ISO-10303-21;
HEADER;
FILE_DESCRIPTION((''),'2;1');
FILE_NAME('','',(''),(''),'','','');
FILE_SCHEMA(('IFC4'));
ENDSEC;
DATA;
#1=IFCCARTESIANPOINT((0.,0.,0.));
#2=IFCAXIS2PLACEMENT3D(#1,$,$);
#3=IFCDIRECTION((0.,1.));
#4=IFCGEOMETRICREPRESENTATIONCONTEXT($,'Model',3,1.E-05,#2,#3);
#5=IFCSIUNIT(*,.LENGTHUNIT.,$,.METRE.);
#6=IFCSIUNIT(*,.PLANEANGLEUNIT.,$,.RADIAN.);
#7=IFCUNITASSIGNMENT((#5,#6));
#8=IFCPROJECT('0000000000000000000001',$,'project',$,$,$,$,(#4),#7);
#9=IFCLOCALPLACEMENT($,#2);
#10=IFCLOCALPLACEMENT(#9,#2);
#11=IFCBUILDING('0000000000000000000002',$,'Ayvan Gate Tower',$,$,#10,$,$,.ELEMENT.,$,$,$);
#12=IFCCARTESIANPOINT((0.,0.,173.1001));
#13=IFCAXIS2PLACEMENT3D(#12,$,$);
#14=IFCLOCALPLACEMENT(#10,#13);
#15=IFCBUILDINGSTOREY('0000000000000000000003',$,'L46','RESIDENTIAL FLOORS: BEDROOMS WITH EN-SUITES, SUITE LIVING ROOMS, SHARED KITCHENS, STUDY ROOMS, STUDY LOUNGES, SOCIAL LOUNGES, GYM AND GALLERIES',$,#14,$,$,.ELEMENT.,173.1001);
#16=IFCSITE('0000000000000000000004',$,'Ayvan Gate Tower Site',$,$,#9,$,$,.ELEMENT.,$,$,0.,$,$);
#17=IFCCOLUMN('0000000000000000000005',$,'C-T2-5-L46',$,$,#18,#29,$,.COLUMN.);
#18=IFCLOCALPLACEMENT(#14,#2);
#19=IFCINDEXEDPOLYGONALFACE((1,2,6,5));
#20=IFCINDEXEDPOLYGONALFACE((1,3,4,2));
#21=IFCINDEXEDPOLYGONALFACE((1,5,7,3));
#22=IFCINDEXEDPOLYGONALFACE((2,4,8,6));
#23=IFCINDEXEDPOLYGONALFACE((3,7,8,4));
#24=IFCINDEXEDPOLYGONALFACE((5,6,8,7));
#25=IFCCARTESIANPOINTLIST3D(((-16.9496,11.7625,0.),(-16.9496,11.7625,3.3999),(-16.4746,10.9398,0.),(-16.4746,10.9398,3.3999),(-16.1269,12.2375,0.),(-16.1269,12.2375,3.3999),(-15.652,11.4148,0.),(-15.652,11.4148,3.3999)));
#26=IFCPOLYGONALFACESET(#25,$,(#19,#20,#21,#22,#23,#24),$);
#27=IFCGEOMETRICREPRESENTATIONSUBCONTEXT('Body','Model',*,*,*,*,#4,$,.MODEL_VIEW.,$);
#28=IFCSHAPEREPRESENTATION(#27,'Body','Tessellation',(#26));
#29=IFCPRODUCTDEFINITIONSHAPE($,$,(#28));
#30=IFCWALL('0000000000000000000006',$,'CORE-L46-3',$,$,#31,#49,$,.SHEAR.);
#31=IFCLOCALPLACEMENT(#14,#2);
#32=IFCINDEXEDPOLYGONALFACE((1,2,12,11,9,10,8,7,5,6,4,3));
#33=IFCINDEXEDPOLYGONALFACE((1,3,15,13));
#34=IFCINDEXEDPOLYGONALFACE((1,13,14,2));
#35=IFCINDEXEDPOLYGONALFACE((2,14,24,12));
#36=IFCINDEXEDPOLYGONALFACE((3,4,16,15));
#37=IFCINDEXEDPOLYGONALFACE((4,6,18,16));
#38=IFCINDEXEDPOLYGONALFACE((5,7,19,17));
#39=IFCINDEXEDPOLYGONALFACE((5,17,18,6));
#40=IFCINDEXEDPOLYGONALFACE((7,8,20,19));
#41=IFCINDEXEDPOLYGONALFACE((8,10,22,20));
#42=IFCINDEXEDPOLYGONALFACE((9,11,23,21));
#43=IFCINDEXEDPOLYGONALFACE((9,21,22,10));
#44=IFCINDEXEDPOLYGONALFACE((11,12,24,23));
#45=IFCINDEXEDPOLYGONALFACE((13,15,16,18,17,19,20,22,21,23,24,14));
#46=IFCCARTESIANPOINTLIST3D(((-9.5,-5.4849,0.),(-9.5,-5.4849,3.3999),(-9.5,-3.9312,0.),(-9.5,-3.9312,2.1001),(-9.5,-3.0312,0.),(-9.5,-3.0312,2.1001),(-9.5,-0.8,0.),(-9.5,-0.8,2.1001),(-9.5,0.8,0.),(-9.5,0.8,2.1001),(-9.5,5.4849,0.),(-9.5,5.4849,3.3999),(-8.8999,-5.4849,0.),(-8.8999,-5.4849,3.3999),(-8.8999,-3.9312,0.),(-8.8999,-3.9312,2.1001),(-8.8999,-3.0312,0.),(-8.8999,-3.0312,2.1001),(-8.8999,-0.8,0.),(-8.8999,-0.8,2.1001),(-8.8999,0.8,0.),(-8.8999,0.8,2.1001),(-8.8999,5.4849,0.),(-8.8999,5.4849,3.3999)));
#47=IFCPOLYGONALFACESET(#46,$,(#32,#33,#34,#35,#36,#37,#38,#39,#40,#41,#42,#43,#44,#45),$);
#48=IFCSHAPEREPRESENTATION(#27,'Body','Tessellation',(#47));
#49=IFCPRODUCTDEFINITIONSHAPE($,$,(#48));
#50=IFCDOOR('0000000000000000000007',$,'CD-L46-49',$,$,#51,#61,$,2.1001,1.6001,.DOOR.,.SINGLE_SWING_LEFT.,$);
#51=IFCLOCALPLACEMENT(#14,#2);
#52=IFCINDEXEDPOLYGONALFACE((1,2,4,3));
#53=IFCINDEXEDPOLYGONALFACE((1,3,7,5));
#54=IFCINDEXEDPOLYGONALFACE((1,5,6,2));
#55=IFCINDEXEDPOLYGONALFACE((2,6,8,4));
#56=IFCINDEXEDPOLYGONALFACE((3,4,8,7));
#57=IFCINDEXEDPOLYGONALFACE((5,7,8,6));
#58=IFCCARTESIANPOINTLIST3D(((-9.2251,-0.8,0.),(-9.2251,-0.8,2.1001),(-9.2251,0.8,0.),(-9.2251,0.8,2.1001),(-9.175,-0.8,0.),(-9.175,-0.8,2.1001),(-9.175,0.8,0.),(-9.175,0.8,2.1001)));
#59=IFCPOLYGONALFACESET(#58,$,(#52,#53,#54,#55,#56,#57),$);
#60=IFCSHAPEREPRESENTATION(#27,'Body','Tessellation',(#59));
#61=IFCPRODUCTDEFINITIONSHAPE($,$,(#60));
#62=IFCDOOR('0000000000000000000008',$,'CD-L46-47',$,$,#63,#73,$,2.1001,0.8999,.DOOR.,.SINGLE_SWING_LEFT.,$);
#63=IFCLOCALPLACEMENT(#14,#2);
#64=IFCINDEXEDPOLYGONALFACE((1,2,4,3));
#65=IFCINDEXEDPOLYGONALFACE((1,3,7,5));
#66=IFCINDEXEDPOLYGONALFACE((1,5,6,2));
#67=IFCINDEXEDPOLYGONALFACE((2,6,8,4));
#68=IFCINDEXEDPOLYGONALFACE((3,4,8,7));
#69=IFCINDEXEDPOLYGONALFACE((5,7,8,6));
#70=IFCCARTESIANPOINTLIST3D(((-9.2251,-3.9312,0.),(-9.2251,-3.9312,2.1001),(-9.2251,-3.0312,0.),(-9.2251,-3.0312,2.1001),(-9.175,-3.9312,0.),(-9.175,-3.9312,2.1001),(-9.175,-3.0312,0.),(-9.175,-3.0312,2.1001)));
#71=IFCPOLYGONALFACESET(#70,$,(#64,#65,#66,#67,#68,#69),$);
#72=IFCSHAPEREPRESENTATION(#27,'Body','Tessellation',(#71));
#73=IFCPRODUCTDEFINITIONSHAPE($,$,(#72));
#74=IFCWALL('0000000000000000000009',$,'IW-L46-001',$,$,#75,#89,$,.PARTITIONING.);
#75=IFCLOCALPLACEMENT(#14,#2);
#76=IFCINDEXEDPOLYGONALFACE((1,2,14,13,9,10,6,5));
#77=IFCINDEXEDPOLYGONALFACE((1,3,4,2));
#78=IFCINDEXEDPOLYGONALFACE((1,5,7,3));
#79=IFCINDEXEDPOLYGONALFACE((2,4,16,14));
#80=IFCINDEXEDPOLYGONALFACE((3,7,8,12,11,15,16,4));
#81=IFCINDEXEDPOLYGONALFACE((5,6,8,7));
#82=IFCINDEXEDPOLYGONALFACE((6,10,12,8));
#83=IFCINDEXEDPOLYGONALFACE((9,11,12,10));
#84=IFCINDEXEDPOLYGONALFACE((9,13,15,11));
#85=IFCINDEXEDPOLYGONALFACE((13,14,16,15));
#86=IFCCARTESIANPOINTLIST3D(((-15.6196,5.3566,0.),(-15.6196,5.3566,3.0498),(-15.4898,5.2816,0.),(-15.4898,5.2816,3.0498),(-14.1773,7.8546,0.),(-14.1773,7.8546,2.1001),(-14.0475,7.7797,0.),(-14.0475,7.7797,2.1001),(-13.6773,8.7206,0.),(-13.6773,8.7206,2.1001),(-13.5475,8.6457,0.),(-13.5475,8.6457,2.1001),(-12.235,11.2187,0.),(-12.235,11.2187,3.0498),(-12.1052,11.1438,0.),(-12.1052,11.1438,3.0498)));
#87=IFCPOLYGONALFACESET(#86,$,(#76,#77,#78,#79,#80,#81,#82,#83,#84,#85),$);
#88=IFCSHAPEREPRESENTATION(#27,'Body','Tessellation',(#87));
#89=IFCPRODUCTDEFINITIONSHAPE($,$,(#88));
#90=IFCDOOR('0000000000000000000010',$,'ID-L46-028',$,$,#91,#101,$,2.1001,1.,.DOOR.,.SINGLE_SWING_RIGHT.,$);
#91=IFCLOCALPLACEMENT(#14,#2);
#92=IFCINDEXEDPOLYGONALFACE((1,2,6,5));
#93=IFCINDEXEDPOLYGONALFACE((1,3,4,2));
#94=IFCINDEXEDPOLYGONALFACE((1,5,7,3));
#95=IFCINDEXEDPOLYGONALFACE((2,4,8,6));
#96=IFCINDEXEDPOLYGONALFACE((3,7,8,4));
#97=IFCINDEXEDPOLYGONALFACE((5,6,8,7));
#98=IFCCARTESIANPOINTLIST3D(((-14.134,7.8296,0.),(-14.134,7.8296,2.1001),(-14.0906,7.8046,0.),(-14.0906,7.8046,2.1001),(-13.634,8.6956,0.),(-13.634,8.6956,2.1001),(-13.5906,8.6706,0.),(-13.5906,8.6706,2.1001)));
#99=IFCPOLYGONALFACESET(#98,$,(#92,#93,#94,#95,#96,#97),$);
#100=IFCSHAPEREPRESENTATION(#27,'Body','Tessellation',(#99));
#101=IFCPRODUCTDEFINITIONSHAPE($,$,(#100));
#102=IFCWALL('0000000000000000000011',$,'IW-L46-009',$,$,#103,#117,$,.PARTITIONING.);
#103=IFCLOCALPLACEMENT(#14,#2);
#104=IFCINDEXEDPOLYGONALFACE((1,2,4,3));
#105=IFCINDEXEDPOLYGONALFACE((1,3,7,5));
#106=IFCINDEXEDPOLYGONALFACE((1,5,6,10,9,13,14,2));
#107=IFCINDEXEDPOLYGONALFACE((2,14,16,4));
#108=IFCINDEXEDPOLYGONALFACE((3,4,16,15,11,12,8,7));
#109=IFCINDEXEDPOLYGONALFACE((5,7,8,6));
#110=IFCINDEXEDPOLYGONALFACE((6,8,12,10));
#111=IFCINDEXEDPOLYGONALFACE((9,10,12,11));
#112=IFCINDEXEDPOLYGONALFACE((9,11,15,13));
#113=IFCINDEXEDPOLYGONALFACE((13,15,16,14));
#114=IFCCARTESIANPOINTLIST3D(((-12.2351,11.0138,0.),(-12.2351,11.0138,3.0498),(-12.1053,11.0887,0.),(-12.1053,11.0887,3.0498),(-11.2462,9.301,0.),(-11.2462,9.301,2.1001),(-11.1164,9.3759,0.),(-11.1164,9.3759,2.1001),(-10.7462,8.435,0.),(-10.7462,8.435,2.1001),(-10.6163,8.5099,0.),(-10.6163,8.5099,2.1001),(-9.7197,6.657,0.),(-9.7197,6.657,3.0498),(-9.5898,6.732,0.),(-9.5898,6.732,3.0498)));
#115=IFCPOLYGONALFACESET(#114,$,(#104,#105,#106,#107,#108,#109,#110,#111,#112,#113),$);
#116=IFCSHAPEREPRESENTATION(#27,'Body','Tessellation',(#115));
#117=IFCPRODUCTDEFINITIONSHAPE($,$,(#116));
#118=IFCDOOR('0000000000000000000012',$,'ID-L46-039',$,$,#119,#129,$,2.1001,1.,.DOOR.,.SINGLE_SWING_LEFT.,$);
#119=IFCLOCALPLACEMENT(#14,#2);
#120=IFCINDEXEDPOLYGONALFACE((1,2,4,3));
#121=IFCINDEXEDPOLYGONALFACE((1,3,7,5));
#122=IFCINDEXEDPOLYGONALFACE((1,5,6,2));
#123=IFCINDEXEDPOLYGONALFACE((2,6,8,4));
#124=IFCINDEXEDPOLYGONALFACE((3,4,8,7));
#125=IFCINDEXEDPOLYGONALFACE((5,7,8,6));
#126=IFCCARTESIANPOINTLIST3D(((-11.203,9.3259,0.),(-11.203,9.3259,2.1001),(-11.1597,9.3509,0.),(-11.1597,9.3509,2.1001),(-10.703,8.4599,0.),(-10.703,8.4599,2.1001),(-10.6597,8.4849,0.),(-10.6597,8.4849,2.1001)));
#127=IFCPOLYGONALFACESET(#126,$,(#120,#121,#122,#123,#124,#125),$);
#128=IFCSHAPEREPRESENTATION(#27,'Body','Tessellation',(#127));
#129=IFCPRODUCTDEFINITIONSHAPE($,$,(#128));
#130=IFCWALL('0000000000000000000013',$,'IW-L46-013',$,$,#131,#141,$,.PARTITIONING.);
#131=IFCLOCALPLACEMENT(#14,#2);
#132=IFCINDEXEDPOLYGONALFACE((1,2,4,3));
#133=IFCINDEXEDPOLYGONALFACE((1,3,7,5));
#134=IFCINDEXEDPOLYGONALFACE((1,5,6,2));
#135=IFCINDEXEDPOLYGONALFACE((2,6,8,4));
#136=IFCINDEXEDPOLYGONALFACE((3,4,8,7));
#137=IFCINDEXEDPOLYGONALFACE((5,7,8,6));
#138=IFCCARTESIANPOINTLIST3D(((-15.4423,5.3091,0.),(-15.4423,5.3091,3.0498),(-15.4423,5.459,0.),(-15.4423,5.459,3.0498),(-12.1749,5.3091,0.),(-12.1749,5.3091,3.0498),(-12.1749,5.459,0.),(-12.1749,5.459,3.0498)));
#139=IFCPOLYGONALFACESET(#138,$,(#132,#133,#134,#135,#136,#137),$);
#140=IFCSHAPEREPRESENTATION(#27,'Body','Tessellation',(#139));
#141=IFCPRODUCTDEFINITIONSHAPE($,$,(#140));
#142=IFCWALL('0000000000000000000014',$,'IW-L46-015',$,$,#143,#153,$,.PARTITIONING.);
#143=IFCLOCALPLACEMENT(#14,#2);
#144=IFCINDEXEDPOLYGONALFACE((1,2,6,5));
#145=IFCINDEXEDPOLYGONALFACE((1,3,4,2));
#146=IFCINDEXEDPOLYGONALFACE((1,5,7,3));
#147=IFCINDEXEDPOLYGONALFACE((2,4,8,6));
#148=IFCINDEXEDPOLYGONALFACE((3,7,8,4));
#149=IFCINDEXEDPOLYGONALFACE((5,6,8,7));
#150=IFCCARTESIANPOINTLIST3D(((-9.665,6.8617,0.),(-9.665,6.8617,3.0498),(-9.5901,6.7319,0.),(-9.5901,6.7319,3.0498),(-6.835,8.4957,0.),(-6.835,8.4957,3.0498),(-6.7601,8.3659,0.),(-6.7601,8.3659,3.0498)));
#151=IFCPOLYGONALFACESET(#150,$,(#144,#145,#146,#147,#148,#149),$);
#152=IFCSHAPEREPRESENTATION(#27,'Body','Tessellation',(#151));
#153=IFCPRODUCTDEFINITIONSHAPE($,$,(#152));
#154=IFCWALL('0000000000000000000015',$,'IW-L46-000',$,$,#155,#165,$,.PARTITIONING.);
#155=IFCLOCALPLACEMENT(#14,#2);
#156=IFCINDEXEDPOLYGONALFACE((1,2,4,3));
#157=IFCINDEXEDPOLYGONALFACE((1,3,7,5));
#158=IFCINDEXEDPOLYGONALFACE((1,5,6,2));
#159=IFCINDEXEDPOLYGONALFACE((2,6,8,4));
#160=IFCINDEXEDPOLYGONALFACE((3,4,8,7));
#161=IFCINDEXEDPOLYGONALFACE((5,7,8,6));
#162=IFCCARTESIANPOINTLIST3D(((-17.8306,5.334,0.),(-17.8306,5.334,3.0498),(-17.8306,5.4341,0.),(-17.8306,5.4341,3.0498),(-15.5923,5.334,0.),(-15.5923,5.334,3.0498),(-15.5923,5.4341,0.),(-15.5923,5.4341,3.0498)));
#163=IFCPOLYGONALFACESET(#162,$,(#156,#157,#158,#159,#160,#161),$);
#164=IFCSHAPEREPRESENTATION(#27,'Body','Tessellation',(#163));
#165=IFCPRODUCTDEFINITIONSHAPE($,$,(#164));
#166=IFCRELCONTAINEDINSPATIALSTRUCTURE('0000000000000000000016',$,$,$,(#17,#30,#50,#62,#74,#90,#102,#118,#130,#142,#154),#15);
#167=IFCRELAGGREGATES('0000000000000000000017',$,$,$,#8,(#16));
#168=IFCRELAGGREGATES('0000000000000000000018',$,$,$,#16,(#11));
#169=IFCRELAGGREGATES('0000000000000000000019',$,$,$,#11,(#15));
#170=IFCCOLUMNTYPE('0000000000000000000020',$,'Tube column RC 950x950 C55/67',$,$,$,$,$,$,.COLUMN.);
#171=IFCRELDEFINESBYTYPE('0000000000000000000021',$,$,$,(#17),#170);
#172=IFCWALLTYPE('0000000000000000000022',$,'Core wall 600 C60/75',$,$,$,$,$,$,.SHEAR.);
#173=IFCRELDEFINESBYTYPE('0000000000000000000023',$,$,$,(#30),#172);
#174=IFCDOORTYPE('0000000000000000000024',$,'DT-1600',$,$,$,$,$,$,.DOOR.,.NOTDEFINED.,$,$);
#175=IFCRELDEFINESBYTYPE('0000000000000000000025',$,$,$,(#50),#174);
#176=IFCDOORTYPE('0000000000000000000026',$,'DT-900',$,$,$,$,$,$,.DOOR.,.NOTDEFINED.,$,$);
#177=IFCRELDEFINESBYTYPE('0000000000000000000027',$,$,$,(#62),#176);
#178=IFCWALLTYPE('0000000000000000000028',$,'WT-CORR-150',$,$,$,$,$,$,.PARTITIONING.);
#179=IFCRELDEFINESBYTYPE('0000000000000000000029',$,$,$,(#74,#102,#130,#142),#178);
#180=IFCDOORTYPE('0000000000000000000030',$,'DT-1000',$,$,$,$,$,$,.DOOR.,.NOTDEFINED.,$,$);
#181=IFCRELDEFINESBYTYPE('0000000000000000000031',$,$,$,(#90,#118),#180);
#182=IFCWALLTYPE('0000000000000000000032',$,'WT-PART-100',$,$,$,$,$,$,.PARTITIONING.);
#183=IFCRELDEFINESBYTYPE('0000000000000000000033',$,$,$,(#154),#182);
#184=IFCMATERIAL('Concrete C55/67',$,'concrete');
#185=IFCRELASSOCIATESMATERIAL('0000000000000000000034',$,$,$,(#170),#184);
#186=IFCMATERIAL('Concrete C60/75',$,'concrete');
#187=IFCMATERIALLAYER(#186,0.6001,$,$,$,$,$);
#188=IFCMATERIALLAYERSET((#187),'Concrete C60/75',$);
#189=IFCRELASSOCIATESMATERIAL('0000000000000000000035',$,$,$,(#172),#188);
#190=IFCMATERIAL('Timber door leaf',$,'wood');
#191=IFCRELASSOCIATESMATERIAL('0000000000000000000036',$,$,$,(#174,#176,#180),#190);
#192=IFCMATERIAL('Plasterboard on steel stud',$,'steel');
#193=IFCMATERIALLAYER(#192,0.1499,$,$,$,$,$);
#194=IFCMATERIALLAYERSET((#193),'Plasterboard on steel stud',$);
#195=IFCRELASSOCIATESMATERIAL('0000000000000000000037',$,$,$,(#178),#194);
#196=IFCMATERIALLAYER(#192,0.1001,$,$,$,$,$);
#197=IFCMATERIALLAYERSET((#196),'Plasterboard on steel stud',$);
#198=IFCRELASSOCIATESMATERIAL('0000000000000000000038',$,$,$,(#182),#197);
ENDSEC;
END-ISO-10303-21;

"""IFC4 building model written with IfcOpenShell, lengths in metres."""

from ifc_helpers import new_model, si_unit, direction, frame, frame_2d, origin, origin_2d, place, context, subcontext, project, spatial, rectangle, extrude, material, layer, layer_set, material_profile, profile_set, type_object, element, fill, save


model = new_model("IFC4")

# Units and contexts
model_context = context("Model", 3, precision=1e-05, world=origin(), true_north=direction((0.0, 1.0)))
body_context = subcontext(model_context, "Body", "Model", "MODEL_VIEW")
ifc_project = project(units=[si_unit("LENGTHUNIT", "METRE"), si_unit("PLANEANGLEUNIT", "RADIAN")], contexts=[model_context])

# Site, building, storey
site_placement = place(None, origin())
site = spatial("IfcSite", under=ifc_project, at=site_placement, Name="Ayvan Gate Tower Site", CompositionType="ELEMENT", RefElevation=0.0)
building_placement = place(site_placement, origin())
building = spatial("IfcBuilding", under=site, at=building_placement, Name="Ayvan Gate Tower", CompositionType="ELEMENT")
storey_placement = place(building_placement, frame((0.0, 0.0, 173.1001)))
storey = spatial("IfcBuildingStorey", under=building, at=storey_placement, Name="L46", Description="RESIDENTIAL FLOORS: BEDROOMS WITH EN-SUITES, SUITE LIVING ROOMS, SHARED KITCHENS, STUDY ROOMS, STUDY LOUNGES, SOCIAL LOUNGES, GYM AND GALLERIES", CompositionType="ELEMENT", Elevation=173.1001)

# Column
ifc_material_1 = material(Name="Concrete C55/67", Category="concrete")
ifc_material_profile = material_profile(ifc_material_1, rectangle(XDim=0.95, YDim=0.95, at=origin_2d()), Name="RC 950x950")
ifc_profile_set = profile_set([ifc_material_profile], Name="Concrete C55/67")
column_type = type_object("IfcColumnType", Name="Tube column RC 950x950 C55/67", PredefinedType="COLUMN", material=ifc_profile_set)
column_placement = place(storey_placement, frame((-16.3008, 11.5886, 0.0), z_axis=(0.0, 0.0, 1.0), x_axis=(-0.5, 0.866025, 0.0)))
element("IfcColumn", 1, at=column_placement, inside=storey, type_object=column_type, Name="C-T2-5-L46", PredefinedType="COLUMN", context=body_context, shape_type="SweptSolid", body=[
    extrude(rectangle(XDim=0.95, YDim=0.95, at=origin_2d()), origin(), (0.0, 0.0, 1.0), 3.3999),
])

# Wall, openings, doors
ifc_material_2 = material(Name="Concrete C60/75", Category="concrete")
ifc_layer_1 = layer(ifc_material_2, 0.6001)
ifc_layer_set_1 = layer_set([ifc_layer_1], Name="Concrete C60/75")
wall_type_1 = type_object("IfcWallType", Name="Core wall 600 C60/75", PredefinedType="SHEAR", material=ifc_layer_set_1)
wall_1_placement = place(storey_placement, frame((-9.2, 5.4849, 0.0), z_axis=(0.0, 0.0, 1.0), x_axis=(0.0, -1.0, 0.0)))
wall_1 = element("IfcWall", 2, at=wall_1_placement, inside=storey, type_object=wall_type_1, Name="CORE-L46-3", PredefinedType="SHEAR", context=body_context, shape_type="SweptSolid", body=[
    extrude(rectangle(XDim=10.9697, YDim=0.6001, at=frame_2d((5.4849, 0.0))), origin(), (0.0, 0.0, 1.0), 3.3999),
])
opening_1_placement = place(wall_1_placement, frame((8.5161, 0.0, 0.0)))
opening_1 = element("IfcOpeningElement", 3, at=opening_1_placement, cuts=wall_1, PredefinedType="OPENING", context=body_context, shape_type="SweptSolid", body=[
    extrude(rectangle(XDim=0.8999, YDim=2.1001, at=frame_2d((0.45, 1.05))), frame((0.0, 0.3101, 0.0), z_axis=(0.0, -1.0, 0.0), x_axis=(1.0, 0.0, 0.0)), (0.0, 0.0, 1.0), 0.6201),
])
opening_2_placement = place(wall_1_placement, frame((4.6848, 0.0, 0.0)))
opening_2 = element("IfcOpeningElement", 4, at=opening_2_placement, cuts=wall_1, PredefinedType="OPENING", context=body_context, shape_type="SweptSolid", body=[
    extrude(rectangle(XDim=1.6001, YDim=2.1001, at=frame_2d((0.8, 1.05))), frame((0.0, 0.3101, 0.0), z_axis=(0.0, -1.0, 0.0), x_axis=(1.0, 0.0, 0.0)), (0.0, 0.0, 1.0), 0.6201),
])
ifc_material_3 = material(Name="Timber door leaf", Category="wood")
door_type_1 = type_object("IfcDoorType", Name="DT-1600", OperationType="NOTDEFINED", PredefinedType="DOOR", material=ifc_material_3)
door_1_placement = place(opening_2_placement, origin())
door_1 = element("IfcDoor", 5, at=door_1_placement, inside=storey, type_object=door_type_1, Name="CD-L46-49", OperationType="SINGLE_SWING_LEFT", OverallHeight=2.1001, OverallWidth=1.6001, PredefinedType="DOOR", context=body_context, shape_type="SweptSolid", body=[
    extrude(rectangle(XDim=1.6001, YDim=2.1001, at=frame_2d((0.8, 1.05))), frame((0.0, 0.0249, 0.0), z_axis=(0.0, -1.0, 0.0), x_axis=(1.0, 0.0, 0.0)), (0.0, 0.0, 1.0), 0.05),
])
fill(opening_2, door_1)
door_type_2 = type_object("IfcDoorType", Name="DT-900", OperationType="NOTDEFINED", PredefinedType="DOOR", material=ifc_material_3)
door_2_placement = place(opening_1_placement, origin())
door_2 = element("IfcDoor", 6, at=door_2_placement, inside=storey, type_object=door_type_2, Name="CD-L46-47", OperationType="SINGLE_SWING_LEFT", OverallHeight=2.1001, OverallWidth=0.8999, PredefinedType="DOOR", context=body_context, shape_type="SweptSolid", body=[
    extrude(rectangle(XDim=0.8999, YDim=2.1001, at=frame_2d((0.45, 1.05))), frame((0.0, 0.0249, 0.0), z_axis=(0.0, -1.0, 0.0), x_axis=(1.0, 0.0, 0.0)), (0.0, 0.0, 1.0), 0.05),
])
fill(opening_1, door_2)

# Walls, openings, doors
ifc_material_4 = material(Name="Plasterboard on steel stud", Category="steel")
ifc_layer_2 = layer(ifc_material_4, 0.1499)
ifc_layer_set_2 = layer_set([ifc_layer_2], Name="Plasterboard on steel stud")
wall_type_2 = type_object("IfcWallType", Name="WT-CORR-150", PredefinedType="PARTITIONING", material=ifc_layer_set_2)
wall_2_placement = place(storey_placement, frame((-15.5547, 5.3191, 0.0), z_axis=(0.0, 0.0, 1.0), x_axis=(0.500007, 0.866022, 0.0)))
wall_2 = element("IfcWall", 7, at=wall_2_placement, inside=storey, type_object=wall_type_2, Name="IW-L46-001", PredefinedType="PARTITIONING", context=body_context, shape_type="SweptSolid", body=[
    extrude(rectangle(XDim=6.769, YDim=0.1499, at=frame_2d((3.3845, 0.0))), origin(), (0.0, 0.0, 1.0), 3.0498),
])
opening_3_placement = place(wall_2_placement, frame((2.8845, 0.0, 0.0)))
opening_3 = element("IfcOpeningElement", 8, at=opening_3_placement, cuts=wall_2, PredefinedType="OPENING", context=body_context, shape_type="SweptSolid", body=[
    extrude(rectangle(XDim=1.0, YDim=2.1001, at=frame_2d((0.5, 1.05))), frame((0.0, 0.085, 0.0), z_axis=(0.0, -1.0, 0.0), x_axis=(1.0, 0.0, 0.0)), (0.0, 0.0, 1.0), 0.1699),
])
door_type_3 = type_object("IfcDoorType", Name="DT-1000", OperationType="NOTDEFINED", PredefinedType="DOOR", material=ifc_material_3)
door_3_placement = place(opening_3_placement, origin())
door_3 = element("IfcDoor", 9, at=door_3_placement, inside=storey, type_object=door_type_3, Name="ID-L46-028", OperationType="SINGLE_SWING_RIGHT", OverallHeight=2.1001, OverallWidth=1.0, PredefinedType="DOOR", context=body_context, shape_type="SweptSolid", body=[
    extrude(rectangle(XDim=1.0, YDim=2.1001, at=frame_2d((0.5, 1.05))), frame((0.0, 0.0249, 0.0), z_axis=(0.0, -1.0, 0.0), x_axis=(1.0, 0.0, 0.0)), (0.0, 0.0, 1.0), 0.05),
])
fill(opening_3, door_3)
wall_3_placement = place(storey_placement, frame((-12.1702, 11.0513, 0.0), z_axis=(0.0, 0.0, 1.0), x_axis=(0.500007, -0.866022, 0.0)))
wall_3 = element("IfcWall", 10, at=wall_3_placement, inside=storey, type_object=wall_type_2, Name="IW-L46-009", PredefinedType="PARTITIONING", context=body_context, shape_type="SweptSolid", body=[
    extrude(rectangle(XDim=5.0308, YDim=0.1499, at=frame_2d((2.5154, 0.0))), origin(), (0.0, 0.0, 1.0), 3.0498),
])
opening_4_placement = place(wall_3_placement, frame((1.9778, 0.0, 0.0)))
opening_4 = element("IfcOpeningElement", 11, at=opening_4_placement, cuts=wall_3, PredefinedType="OPENING", context=body_context, shape_type="SweptSolid", body=[
    extrude(rectangle(XDim=1.0, YDim=2.1001, at=frame_2d((0.5, 1.05))), frame((0.0, 0.085, 0.0), z_axis=(0.0, -1.0, 0.0), x_axis=(1.0, 0.0, 0.0)), (0.0, 0.0, 1.0), 0.1699),
])
door_4_placement = place(opening_4_placement, origin())
door_4 = element("IfcDoor", 12, at=door_4_placement, inside=storey, type_object=door_type_3, Name="ID-L46-039", OperationType="SINGLE_SWING_LEFT", OverallHeight=2.1001, OverallWidth=1.0, PredefinedType="DOOR", context=body_context, shape_type="SweptSolid", body=[
    extrude(rectangle(XDim=1.0, YDim=2.1001, at=frame_2d((0.5, 1.05))), frame((0.0, 0.0249, 0.0), z_axis=(0.0, -1.0, 0.0), x_axis=(1.0, 0.0, 0.0)), (0.0, 0.0, 1.0), 0.05),
])
fill(opening_4, door_4)

# Walls
wall_4_placement = place(storey_placement, frame((-12.1748, 5.384, 0.0), z_axis=(0.0, 0.0, 1.0), x_axis=(-1.0, 0.0, 0.0)))
element("IfcWall", 13, at=wall_4_placement, inside=storey, type_object=wall_type_2, Name="IW-L46-013", PredefinedType="PARTITIONING", context=body_context, shape_type="SweptSolid", body=[
    extrude(rectangle(XDim=3.2673, YDim=0.1499, at=frame_2d((1.6338, 0.0))), origin(), (0.0, 0.0, 1.0), 3.0498),
])
wall_5_placement = place(storey_placement, frame((-9.6274, 6.7969, 0.0), z_axis=(0.0, 0.0, 1.0), x_axis=(0.866014, 0.50002, 0.0)))
element("IfcWall", 14, at=wall_5_placement, inside=storey, type_object=wall_type_2, Name="IW-L46-015", PredefinedType="PARTITIONING", context=body_context, shape_type="SweptSolid", body=[
    extrude(rectangle(XDim=3.2678, YDim=0.1499, at=frame_2d((1.6338, 0.0))), origin(), (0.0, 0.0, 1.0), 3.0498),
])
ifc_layer_3 = layer(ifc_material_4, 0.1001)
ifc_layer_set_3 = layer_set([ifc_layer_3], Name="Plasterboard on steel stud")
wall_type_3 = type_object("IfcWallType", Name="WT-PART-100", PredefinedType="PARTITIONING", material=ifc_layer_set_3)
wall_6_placement = place(storey_placement, frame((-15.5923, 5.384, 0.0), z_axis=(0.0, 0.0, 1.0), x_axis=(-1.0, 0.0, 0.0)))
element("IfcWall", 15, at=wall_6_placement, inside=storey, type_object=wall_type_3, Name="IW-L46-000", PredefinedType="PARTITIONING", context=body_context, shape_type="SweptSolid", body=[
    extrude(rectangle(XDim=2.2383, YDim=0.1001, at=frame_2d((1.1191, 0.0))), origin(), (0.0, 0.0, 1.0), 3.0498),
])

save(model, "model.ifc")
